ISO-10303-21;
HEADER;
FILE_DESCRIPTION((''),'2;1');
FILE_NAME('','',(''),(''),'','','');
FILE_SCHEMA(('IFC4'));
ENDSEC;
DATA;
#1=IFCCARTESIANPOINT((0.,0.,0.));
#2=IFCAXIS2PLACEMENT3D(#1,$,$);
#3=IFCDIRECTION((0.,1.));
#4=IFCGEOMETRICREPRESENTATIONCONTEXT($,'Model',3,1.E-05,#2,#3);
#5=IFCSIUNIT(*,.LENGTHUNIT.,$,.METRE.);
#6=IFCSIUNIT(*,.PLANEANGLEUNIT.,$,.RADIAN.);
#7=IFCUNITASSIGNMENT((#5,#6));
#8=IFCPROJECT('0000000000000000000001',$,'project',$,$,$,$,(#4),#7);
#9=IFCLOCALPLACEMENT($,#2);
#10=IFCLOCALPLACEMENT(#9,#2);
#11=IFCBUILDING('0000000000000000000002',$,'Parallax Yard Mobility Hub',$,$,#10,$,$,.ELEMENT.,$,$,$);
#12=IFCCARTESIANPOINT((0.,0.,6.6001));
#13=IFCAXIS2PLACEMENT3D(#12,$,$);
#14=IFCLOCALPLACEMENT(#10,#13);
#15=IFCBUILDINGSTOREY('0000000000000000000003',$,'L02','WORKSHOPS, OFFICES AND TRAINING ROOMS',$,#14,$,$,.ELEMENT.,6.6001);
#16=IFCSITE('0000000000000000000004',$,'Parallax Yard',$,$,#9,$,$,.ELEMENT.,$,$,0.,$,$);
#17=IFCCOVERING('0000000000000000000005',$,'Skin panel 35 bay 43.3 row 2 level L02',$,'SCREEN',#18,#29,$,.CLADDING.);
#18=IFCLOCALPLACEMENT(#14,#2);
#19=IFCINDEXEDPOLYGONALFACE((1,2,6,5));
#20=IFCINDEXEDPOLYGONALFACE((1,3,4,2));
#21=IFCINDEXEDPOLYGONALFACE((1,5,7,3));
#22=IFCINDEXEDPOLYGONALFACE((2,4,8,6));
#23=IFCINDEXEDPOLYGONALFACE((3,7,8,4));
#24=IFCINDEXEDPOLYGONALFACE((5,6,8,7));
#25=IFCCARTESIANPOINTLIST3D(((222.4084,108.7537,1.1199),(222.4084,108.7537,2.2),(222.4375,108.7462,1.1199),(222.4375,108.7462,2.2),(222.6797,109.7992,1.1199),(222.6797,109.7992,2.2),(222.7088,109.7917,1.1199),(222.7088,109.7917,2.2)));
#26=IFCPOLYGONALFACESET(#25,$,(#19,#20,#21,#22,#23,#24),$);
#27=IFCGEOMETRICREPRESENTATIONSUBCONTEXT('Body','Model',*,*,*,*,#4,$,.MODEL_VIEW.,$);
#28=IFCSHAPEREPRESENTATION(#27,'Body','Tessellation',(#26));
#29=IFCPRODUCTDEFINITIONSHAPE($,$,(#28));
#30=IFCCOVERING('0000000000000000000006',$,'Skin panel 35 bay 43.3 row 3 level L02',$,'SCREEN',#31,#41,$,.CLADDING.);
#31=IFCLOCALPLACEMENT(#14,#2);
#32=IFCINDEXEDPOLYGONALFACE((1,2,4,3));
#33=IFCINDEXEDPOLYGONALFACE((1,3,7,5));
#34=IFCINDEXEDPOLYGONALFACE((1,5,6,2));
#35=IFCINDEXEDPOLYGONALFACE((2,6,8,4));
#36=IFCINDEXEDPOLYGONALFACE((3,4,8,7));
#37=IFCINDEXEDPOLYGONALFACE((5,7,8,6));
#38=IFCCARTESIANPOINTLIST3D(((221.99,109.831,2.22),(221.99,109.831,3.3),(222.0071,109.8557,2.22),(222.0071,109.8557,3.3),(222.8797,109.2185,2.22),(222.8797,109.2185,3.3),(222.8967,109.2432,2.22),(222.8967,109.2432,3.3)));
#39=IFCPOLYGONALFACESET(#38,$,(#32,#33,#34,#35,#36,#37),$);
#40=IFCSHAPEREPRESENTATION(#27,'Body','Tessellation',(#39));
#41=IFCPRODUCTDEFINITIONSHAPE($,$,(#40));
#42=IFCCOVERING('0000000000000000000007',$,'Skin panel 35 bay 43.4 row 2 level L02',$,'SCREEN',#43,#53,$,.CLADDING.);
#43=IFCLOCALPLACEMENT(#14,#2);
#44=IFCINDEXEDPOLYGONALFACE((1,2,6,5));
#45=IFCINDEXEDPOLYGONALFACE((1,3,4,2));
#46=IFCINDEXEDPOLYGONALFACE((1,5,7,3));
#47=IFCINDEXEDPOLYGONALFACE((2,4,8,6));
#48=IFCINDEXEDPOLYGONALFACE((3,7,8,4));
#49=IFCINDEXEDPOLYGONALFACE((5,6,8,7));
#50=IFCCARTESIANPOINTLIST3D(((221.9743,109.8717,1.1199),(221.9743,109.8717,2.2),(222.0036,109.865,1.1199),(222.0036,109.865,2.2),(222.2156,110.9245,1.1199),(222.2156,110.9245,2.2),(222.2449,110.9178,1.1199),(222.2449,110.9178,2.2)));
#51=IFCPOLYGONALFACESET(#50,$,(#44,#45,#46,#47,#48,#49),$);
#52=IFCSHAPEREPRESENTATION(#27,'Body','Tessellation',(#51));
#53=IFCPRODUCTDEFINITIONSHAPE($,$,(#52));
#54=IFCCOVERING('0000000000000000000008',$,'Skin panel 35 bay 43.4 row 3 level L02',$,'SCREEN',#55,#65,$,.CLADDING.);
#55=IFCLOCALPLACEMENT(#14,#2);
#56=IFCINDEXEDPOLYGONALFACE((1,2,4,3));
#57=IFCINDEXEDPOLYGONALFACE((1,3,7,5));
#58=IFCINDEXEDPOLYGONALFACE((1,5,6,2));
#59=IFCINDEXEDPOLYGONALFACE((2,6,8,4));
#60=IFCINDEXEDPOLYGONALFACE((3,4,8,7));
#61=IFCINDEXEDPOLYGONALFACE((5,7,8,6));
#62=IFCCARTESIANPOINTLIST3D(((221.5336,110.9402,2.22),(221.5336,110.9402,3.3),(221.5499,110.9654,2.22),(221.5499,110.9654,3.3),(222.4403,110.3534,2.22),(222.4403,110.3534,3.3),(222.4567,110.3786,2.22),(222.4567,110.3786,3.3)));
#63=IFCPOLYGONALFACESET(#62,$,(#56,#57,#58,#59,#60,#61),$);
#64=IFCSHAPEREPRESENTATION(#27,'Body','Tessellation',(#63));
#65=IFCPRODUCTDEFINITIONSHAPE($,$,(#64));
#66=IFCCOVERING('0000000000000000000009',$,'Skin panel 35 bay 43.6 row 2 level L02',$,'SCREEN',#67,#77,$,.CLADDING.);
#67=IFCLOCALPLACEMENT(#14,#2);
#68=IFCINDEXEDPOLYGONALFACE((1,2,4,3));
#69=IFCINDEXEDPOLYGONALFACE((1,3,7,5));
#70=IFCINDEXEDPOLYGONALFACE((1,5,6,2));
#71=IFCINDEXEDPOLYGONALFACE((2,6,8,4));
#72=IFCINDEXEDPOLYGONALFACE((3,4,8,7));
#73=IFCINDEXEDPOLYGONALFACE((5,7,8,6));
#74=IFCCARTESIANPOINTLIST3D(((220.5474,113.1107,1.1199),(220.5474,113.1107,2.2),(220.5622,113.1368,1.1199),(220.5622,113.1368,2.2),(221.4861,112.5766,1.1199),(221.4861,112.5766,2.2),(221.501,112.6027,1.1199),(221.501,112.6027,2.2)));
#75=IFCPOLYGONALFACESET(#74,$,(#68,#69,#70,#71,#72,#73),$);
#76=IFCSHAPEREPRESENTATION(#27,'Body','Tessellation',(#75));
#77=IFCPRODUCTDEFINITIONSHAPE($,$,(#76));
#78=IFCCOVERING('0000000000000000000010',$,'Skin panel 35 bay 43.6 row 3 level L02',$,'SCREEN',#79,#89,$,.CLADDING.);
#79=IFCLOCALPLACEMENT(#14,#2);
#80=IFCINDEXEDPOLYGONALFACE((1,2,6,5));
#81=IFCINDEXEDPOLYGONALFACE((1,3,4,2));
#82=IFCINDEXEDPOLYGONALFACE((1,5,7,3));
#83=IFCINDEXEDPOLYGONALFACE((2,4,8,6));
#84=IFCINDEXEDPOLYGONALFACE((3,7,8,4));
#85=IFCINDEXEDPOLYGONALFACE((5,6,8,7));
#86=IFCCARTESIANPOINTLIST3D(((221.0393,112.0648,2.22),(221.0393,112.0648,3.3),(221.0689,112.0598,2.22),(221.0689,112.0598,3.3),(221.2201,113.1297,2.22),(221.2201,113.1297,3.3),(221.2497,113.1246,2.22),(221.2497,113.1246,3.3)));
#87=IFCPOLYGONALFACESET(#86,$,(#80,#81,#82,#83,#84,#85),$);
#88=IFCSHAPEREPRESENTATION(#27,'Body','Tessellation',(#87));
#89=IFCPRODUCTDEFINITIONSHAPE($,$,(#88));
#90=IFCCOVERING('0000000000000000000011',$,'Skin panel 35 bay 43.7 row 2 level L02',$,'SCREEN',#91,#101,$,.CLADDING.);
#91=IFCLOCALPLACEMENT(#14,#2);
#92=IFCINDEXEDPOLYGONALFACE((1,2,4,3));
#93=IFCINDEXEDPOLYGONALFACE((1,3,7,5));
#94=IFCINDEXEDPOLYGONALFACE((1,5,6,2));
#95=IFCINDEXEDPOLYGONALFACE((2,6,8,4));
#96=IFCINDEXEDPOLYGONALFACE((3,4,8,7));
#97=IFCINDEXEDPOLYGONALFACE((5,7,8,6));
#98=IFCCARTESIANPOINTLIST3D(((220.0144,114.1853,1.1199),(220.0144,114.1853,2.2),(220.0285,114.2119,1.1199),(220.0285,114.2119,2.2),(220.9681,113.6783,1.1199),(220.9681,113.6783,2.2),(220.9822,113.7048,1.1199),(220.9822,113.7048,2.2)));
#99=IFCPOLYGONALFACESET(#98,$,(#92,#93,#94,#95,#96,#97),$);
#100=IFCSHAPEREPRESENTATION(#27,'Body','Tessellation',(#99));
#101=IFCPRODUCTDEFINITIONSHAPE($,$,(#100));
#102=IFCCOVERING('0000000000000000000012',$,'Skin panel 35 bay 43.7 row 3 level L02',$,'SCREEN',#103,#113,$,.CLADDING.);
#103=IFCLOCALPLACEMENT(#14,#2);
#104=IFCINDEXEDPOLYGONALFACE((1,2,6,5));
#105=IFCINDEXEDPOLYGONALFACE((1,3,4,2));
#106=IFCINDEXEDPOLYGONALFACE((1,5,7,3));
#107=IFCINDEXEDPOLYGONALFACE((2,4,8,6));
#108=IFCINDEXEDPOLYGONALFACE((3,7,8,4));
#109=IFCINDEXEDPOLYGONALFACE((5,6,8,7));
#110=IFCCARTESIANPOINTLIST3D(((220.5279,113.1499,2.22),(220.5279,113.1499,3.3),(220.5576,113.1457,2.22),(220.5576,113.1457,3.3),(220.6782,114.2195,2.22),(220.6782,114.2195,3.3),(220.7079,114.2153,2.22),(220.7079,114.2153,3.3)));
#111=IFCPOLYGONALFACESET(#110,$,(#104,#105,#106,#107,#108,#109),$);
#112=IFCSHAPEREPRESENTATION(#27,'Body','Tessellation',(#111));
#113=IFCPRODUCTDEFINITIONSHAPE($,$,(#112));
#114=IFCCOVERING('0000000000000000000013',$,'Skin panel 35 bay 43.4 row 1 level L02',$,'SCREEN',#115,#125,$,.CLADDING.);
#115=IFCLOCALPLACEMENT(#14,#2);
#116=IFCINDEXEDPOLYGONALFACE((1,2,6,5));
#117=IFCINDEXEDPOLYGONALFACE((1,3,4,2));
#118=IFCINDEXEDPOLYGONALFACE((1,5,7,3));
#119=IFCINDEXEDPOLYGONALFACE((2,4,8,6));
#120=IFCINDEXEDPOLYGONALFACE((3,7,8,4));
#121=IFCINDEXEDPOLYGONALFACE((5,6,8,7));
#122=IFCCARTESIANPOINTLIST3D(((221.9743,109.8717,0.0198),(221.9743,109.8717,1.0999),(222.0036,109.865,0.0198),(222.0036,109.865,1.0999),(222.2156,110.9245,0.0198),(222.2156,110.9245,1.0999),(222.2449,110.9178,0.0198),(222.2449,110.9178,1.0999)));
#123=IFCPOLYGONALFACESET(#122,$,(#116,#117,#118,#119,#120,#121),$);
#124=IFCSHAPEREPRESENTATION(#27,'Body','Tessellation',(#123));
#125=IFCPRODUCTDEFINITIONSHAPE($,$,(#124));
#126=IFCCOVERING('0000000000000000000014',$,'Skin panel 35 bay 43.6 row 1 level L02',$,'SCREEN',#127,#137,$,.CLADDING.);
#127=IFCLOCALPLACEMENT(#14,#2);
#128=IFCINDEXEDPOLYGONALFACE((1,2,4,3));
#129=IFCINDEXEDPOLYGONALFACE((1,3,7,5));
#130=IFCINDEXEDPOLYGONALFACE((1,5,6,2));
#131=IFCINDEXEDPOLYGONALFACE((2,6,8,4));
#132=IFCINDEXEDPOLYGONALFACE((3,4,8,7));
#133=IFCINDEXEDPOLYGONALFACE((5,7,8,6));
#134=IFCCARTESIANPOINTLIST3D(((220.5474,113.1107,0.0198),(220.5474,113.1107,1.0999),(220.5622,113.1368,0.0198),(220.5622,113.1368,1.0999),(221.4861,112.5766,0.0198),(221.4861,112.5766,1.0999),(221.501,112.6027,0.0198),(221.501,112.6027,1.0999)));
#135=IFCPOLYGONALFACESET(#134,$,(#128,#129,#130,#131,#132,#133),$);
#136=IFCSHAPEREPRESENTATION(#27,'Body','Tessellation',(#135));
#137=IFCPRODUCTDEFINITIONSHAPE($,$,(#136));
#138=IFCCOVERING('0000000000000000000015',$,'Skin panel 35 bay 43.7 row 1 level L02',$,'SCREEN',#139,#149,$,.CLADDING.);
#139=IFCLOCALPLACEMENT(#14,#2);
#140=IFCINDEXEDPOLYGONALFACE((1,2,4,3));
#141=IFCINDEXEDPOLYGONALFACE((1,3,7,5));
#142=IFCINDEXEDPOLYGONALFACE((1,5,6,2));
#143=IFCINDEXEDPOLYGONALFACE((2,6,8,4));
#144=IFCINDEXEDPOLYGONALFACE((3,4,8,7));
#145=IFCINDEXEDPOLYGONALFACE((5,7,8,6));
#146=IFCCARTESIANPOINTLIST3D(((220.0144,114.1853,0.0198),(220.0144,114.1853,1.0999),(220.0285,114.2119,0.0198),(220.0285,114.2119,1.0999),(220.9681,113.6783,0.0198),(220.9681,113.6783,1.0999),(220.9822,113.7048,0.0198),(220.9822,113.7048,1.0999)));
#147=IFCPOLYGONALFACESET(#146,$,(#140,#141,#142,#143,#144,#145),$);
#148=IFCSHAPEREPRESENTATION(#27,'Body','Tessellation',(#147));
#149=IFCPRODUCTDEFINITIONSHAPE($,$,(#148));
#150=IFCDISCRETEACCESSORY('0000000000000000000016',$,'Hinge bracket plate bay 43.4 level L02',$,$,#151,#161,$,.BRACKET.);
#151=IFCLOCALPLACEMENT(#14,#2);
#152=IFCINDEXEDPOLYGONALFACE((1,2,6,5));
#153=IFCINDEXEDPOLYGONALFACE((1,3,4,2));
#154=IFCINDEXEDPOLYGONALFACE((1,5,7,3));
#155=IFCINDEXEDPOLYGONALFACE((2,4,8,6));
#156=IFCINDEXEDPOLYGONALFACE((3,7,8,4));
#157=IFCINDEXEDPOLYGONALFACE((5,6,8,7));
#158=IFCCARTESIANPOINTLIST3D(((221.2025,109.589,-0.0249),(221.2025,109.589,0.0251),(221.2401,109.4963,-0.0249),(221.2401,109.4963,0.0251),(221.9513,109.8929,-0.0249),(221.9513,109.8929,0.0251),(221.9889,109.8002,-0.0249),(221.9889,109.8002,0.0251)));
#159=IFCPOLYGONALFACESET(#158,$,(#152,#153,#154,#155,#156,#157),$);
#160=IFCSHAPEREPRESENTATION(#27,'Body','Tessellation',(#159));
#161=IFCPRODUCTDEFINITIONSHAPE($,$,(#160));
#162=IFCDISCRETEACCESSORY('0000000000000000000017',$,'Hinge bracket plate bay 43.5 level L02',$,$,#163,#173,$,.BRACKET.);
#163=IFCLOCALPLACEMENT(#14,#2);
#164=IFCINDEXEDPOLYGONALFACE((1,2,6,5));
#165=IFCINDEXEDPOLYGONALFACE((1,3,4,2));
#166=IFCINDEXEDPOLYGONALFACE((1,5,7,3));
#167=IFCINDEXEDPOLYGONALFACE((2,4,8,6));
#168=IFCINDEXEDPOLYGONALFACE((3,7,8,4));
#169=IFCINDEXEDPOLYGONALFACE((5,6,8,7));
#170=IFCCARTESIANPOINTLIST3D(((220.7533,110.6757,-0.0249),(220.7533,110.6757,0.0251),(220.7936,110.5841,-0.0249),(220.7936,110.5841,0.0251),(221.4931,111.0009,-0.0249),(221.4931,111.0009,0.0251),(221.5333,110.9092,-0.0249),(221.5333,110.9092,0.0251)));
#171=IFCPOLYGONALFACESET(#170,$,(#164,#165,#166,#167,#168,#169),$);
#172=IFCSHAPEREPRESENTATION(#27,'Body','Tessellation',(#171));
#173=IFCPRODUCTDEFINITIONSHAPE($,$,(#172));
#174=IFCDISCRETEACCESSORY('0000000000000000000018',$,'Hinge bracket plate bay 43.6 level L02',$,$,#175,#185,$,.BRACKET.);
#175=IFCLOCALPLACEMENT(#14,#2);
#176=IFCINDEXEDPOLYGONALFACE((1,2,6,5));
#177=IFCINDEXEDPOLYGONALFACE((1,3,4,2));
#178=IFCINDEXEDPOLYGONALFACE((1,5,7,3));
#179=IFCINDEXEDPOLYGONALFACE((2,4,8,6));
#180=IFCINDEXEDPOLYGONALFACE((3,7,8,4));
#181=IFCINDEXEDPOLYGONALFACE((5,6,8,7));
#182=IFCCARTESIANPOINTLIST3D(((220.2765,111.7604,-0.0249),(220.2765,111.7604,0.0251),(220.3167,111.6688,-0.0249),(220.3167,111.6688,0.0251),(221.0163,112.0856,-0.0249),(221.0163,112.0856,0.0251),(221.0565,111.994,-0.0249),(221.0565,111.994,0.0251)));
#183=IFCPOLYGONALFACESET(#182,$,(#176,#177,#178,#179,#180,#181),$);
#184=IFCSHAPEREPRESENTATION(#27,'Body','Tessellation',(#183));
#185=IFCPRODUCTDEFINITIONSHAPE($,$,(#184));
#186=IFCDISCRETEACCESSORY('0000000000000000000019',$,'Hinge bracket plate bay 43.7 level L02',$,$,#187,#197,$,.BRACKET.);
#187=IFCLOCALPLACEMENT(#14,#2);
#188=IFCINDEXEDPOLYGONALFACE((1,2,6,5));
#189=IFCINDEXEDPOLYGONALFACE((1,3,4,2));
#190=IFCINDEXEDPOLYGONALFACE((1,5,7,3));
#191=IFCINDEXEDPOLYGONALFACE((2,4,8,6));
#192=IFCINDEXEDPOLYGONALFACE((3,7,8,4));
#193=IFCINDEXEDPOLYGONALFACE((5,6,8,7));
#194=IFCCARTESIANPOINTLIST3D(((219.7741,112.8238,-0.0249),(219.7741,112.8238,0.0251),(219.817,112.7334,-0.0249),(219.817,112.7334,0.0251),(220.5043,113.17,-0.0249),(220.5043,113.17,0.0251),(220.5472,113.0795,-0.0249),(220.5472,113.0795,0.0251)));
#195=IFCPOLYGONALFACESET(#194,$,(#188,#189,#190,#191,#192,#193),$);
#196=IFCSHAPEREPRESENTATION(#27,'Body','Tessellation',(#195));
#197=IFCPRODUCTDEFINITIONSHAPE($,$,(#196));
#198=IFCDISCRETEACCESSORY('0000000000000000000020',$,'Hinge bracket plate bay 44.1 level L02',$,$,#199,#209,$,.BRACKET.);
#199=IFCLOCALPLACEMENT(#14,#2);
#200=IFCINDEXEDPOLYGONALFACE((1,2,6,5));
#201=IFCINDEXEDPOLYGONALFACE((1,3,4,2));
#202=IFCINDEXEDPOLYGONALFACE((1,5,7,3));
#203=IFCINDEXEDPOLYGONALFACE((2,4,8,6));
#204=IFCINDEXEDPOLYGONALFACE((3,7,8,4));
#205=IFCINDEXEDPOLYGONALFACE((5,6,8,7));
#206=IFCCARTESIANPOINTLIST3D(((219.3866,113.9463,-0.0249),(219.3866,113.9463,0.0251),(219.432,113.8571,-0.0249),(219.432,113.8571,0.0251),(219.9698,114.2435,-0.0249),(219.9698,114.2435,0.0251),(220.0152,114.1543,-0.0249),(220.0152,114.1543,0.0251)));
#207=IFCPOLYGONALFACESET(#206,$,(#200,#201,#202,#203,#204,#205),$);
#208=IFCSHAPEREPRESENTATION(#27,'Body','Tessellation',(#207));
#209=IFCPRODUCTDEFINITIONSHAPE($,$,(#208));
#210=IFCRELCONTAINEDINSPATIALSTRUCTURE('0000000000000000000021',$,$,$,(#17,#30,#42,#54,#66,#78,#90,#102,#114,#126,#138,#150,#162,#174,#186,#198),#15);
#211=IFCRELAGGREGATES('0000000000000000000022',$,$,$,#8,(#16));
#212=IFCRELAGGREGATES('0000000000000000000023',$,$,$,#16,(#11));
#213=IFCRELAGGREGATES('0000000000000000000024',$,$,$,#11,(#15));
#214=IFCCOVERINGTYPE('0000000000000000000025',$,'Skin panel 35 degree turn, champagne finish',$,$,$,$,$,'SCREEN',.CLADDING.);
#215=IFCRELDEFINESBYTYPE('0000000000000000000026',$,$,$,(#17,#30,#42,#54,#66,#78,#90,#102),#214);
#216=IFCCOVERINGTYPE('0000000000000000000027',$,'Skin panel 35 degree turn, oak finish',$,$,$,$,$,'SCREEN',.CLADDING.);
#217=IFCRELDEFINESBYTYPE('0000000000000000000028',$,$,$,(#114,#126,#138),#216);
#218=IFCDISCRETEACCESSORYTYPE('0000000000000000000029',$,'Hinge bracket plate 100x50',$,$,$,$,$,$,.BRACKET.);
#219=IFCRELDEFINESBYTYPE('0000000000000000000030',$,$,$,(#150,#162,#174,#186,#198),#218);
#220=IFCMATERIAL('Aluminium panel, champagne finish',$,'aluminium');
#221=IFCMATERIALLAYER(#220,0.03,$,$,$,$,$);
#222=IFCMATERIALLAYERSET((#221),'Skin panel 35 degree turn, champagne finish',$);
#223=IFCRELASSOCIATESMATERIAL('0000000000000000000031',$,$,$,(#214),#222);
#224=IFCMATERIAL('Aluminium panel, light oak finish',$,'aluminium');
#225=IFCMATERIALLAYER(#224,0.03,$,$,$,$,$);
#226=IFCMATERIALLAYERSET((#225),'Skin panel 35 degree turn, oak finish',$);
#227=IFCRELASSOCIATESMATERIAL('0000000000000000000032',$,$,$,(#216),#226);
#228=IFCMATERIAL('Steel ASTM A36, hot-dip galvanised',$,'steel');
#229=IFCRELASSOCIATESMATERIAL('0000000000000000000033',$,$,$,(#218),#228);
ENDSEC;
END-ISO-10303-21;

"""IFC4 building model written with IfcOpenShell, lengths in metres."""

from ifc_helpers import new_model, si_unit, direction, frame, origin, origin_2d, place, context, subcontext, project, spatial, rectangle, extrude, material, layer, layer_set, type_object, element, save


model = new_model("IFC4")

# Units and contexts
model_context = context("Model", 3, precision=1e-05, world=origin(), true_north=direction((0.0, 1.0)))
body_context = subcontext(model_context, "Body", "Model", "MODEL_VIEW")
ifc_project = project(units=[si_unit("LENGTHUNIT", "METRE"), si_unit("PLANEANGLEUNIT", "RADIAN")], contexts=[model_context])

# Site, building, storey
site_placement = place(None, origin())
site = spatial("IfcSite", under=ifc_project, at=site_placement, Name="Parallax Yard", CompositionType="ELEMENT", RefElevation=0.0)
building_placement = place(site_placement, origin())
building = spatial("IfcBuilding", under=site, at=building_placement, Name="Parallax Yard Mobility Hub", CompositionType="ELEMENT")
storey_placement = place(building_placement, frame((0.0, 0.0, 6.6001)))
storey = spatial("IfcBuildingStorey", under=building, at=storey_placement, Name="L02", Description="WORKSHOPS, OFFICES AND TRAINING ROOMS", CompositionType="ELEMENT", Elevation=6.6001)

# Coverings
ifc_material_1 = material(Name="Aluminium panel, champagne finish", Category="aluminium")
ifc_material_2 = material(Name="Aluminium panel, light oak finish", Category="aluminium")
ifc_layer_1 = layer(ifc_material_1, 0.03)
ifc_layer_set_1 = layer_set([ifc_layer_1], Name="Skin panel 35 degree turn, champagne finish")
covering_type_1 = type_object("IfcCoveringType", Name="Skin panel 35 degree turn, champagne finish", ElementType="SCREEN", PredefinedType="CLADDING", material=ifc_layer_set_1)
for number, where, z_axis, x_axis, name in (
    (1, (222.5586, 109.2727, 1.1199), (0.0, 0.0, 1.0), (0.251149, 0.967949, 0.0), "Skin panel 35 bay 43.3 row 2 level L02"),
    (2, (222.4434, 109.5371, 2.22), (0.0, 0.0, 1.0), (0.823676, -0.567061, 0.0), "Skin panel 35 bay 43.3 row 3 level L02"),
    (3, (222.1096, 110.3948, 1.1199), (0.0, 0.0, 1.0), (0.223405, 0.974726, 0.0), "Skin panel 35 bay 43.4 row 2 level L02"),
    (4, (221.9951, 110.6594, 2.22), (0.0, 0.0, 1.0), (0.839534, -0.543308, 0.0), "Skin panel 35 bay 43.4 row 3 level L02"),
    (5, (221.0242, 112.8567, 1.1199), (0.0, 0.0, 1.0), (0.869181, -0.494494, 0.0), "Skin panel 35 bay 43.6 row 2 level L02"),
    (6, (221.1445, 112.5947, 2.22), (0.0, 0.0, 1.0), (0.167395, 0.98589, 0.0), "Skin panel 35 bay 43.6 row 3 level L02"),
    (7, (220.4983, 113.9451, 1.1199), (0.0, 0.0, 1.0), (0.882948, -0.469472, 0.0), "Skin panel 35 bay 43.7 row 2 level L02"),
    (8, (220.6179, 113.6826, 2.22), (0.0, 0.0, 1.0), (0.139173, 0.990268, 0.0), "Skin panel 35 bay 43.7 row 3 level L02"),
):
    element("IfcCovering", number, at=place(storey_placement, frame(where, z_axis=z_axis, x_axis=x_axis)), inside=storey, type_object=covering_type_1, Name=name, ObjectType="SCREEN", PredefinedType="CLADDING", context=body_context, shape_type="SweptSolid", body=[
        extrude(rectangle(XDim=1.0801, YDim=0.03, at=origin_2d()), origin(), (0.0, 0.0, 1.0), 1.0801),
    ])
ifc_layer_2 = layer(ifc_material_2, 0.03)
ifc_layer_set_2 = layer_set([ifc_layer_2], Name="Skin panel 35 degree turn, oak finish")
covering_type_2 = type_object("IfcCoveringType", Name="Skin panel 35 degree turn, oak finish", ElementType="SCREEN", PredefinedType="CLADDING", material=ifc_layer_set_2)
for number, where, z_axis, x_axis, name in (
    (9, (222.1096, 110.3948, 0.0198), (0.0, 0.0, 1.0), (0.223405, 0.974726, 0.0), "Skin panel 35 bay 43.4 row 1 level L02"),
    (10, (221.0242, 112.8567, 0.0198), (0.0, 0.0, 1.0), (0.869181, -0.494494, 0.0), "Skin panel 35 bay 43.6 row 1 level L02"),
    (11, (220.4983, 113.9451, 0.0198), (0.0, 0.0, 1.0), (0.882948, -0.469472, 0.0), "Skin panel 35 bay 43.7 row 1 level L02"),
):
    element("IfcCovering", number, at=place(storey_placement, frame(where, z_axis=z_axis, x_axis=x_axis)), inside=storey, type_object=covering_type_2, Name=name, ObjectType="SCREEN", PredefinedType="CLADDING", context=body_context, shape_type="SweptSolid", body=[
        extrude(rectangle(XDim=1.0801, YDim=0.03, at=origin_2d()), origin(), (0.0, 0.0, 1.0), 1.0801),
    ])

# Discrete accessories
ifc_material_3 = material(Name="Steel ASTM A36, hot-dip galvanised", Category="steel")
discrete_accessory_type_1 = type_object("IfcDiscreteAccessoryType", Name="Hinge bracket plate 100x50", PredefinedType="BRACKET", material=ifc_material_3)
for number, where, z_axis, x_axis, name in (
    (12, (221.5957, 109.6946, -0.0249), (0.0, 0.0, 1.0), (0.926588, 0.376077, 0.0), "Hinge bracket plate bay 43.4 level L02"),
    (13, (221.1433, 110.7925, -0.0249), (0.0, 0.0, 1.0), (0.915471, 0.402384, 0.0), "Hinge bracket plate bay 43.5 level L02"),
    (14, (220.6665, 111.8772, -0.0249), (0.0, 0.0, 1.0), (0.915471, 0.402384, 0.0), "Hinge bracket plate bay 43.6 level L02"),
    (15, (220.1606, 112.9517, -0.0249), (0.0, 0.0, 1.0), (0.903608, 0.428361, 0.0), "Hinge bracket plate bay 43.7 level L02"),
):
    element("IfcDiscreteAccessory", number, at=place(storey_placement, frame(where, z_axis=z_axis, x_axis=x_axis)), inside=storey, type_object=discrete_accessory_type_1, Name=name, PredefinedType="BRACKET", context=body_context, shape_type="SweptSolid", body=[
        extrude(rectangle(XDim=0.8081, YDim=0.1001, at=origin_2d()), origin(), (0.0, 0.0, 1.0), 0.05),
    ])
discrete_accessory_placement = place(storey_placement, frame((219.7009, 114.0503, -0.0249), z_axis=(0.0, 0.0, 1.0), x_axis=(0.891007, 0.45399, 0.0)))
element("IfcDiscreteAccessory", 16, at=discrete_accessory_placement, inside=storey, type_object=discrete_accessory_type_1, Name="Hinge bracket plate bay 44.1 level L02", PredefinedType="BRACKET", context=body_context, shape_type="SweptSolid", body=[
    extrude(rectangle(XDim=0.6545, YDim=0.1001, at=origin_2d()), origin(), (0.0, 0.0, 1.0), 0.05),
])

save(model, "model.ifc")
